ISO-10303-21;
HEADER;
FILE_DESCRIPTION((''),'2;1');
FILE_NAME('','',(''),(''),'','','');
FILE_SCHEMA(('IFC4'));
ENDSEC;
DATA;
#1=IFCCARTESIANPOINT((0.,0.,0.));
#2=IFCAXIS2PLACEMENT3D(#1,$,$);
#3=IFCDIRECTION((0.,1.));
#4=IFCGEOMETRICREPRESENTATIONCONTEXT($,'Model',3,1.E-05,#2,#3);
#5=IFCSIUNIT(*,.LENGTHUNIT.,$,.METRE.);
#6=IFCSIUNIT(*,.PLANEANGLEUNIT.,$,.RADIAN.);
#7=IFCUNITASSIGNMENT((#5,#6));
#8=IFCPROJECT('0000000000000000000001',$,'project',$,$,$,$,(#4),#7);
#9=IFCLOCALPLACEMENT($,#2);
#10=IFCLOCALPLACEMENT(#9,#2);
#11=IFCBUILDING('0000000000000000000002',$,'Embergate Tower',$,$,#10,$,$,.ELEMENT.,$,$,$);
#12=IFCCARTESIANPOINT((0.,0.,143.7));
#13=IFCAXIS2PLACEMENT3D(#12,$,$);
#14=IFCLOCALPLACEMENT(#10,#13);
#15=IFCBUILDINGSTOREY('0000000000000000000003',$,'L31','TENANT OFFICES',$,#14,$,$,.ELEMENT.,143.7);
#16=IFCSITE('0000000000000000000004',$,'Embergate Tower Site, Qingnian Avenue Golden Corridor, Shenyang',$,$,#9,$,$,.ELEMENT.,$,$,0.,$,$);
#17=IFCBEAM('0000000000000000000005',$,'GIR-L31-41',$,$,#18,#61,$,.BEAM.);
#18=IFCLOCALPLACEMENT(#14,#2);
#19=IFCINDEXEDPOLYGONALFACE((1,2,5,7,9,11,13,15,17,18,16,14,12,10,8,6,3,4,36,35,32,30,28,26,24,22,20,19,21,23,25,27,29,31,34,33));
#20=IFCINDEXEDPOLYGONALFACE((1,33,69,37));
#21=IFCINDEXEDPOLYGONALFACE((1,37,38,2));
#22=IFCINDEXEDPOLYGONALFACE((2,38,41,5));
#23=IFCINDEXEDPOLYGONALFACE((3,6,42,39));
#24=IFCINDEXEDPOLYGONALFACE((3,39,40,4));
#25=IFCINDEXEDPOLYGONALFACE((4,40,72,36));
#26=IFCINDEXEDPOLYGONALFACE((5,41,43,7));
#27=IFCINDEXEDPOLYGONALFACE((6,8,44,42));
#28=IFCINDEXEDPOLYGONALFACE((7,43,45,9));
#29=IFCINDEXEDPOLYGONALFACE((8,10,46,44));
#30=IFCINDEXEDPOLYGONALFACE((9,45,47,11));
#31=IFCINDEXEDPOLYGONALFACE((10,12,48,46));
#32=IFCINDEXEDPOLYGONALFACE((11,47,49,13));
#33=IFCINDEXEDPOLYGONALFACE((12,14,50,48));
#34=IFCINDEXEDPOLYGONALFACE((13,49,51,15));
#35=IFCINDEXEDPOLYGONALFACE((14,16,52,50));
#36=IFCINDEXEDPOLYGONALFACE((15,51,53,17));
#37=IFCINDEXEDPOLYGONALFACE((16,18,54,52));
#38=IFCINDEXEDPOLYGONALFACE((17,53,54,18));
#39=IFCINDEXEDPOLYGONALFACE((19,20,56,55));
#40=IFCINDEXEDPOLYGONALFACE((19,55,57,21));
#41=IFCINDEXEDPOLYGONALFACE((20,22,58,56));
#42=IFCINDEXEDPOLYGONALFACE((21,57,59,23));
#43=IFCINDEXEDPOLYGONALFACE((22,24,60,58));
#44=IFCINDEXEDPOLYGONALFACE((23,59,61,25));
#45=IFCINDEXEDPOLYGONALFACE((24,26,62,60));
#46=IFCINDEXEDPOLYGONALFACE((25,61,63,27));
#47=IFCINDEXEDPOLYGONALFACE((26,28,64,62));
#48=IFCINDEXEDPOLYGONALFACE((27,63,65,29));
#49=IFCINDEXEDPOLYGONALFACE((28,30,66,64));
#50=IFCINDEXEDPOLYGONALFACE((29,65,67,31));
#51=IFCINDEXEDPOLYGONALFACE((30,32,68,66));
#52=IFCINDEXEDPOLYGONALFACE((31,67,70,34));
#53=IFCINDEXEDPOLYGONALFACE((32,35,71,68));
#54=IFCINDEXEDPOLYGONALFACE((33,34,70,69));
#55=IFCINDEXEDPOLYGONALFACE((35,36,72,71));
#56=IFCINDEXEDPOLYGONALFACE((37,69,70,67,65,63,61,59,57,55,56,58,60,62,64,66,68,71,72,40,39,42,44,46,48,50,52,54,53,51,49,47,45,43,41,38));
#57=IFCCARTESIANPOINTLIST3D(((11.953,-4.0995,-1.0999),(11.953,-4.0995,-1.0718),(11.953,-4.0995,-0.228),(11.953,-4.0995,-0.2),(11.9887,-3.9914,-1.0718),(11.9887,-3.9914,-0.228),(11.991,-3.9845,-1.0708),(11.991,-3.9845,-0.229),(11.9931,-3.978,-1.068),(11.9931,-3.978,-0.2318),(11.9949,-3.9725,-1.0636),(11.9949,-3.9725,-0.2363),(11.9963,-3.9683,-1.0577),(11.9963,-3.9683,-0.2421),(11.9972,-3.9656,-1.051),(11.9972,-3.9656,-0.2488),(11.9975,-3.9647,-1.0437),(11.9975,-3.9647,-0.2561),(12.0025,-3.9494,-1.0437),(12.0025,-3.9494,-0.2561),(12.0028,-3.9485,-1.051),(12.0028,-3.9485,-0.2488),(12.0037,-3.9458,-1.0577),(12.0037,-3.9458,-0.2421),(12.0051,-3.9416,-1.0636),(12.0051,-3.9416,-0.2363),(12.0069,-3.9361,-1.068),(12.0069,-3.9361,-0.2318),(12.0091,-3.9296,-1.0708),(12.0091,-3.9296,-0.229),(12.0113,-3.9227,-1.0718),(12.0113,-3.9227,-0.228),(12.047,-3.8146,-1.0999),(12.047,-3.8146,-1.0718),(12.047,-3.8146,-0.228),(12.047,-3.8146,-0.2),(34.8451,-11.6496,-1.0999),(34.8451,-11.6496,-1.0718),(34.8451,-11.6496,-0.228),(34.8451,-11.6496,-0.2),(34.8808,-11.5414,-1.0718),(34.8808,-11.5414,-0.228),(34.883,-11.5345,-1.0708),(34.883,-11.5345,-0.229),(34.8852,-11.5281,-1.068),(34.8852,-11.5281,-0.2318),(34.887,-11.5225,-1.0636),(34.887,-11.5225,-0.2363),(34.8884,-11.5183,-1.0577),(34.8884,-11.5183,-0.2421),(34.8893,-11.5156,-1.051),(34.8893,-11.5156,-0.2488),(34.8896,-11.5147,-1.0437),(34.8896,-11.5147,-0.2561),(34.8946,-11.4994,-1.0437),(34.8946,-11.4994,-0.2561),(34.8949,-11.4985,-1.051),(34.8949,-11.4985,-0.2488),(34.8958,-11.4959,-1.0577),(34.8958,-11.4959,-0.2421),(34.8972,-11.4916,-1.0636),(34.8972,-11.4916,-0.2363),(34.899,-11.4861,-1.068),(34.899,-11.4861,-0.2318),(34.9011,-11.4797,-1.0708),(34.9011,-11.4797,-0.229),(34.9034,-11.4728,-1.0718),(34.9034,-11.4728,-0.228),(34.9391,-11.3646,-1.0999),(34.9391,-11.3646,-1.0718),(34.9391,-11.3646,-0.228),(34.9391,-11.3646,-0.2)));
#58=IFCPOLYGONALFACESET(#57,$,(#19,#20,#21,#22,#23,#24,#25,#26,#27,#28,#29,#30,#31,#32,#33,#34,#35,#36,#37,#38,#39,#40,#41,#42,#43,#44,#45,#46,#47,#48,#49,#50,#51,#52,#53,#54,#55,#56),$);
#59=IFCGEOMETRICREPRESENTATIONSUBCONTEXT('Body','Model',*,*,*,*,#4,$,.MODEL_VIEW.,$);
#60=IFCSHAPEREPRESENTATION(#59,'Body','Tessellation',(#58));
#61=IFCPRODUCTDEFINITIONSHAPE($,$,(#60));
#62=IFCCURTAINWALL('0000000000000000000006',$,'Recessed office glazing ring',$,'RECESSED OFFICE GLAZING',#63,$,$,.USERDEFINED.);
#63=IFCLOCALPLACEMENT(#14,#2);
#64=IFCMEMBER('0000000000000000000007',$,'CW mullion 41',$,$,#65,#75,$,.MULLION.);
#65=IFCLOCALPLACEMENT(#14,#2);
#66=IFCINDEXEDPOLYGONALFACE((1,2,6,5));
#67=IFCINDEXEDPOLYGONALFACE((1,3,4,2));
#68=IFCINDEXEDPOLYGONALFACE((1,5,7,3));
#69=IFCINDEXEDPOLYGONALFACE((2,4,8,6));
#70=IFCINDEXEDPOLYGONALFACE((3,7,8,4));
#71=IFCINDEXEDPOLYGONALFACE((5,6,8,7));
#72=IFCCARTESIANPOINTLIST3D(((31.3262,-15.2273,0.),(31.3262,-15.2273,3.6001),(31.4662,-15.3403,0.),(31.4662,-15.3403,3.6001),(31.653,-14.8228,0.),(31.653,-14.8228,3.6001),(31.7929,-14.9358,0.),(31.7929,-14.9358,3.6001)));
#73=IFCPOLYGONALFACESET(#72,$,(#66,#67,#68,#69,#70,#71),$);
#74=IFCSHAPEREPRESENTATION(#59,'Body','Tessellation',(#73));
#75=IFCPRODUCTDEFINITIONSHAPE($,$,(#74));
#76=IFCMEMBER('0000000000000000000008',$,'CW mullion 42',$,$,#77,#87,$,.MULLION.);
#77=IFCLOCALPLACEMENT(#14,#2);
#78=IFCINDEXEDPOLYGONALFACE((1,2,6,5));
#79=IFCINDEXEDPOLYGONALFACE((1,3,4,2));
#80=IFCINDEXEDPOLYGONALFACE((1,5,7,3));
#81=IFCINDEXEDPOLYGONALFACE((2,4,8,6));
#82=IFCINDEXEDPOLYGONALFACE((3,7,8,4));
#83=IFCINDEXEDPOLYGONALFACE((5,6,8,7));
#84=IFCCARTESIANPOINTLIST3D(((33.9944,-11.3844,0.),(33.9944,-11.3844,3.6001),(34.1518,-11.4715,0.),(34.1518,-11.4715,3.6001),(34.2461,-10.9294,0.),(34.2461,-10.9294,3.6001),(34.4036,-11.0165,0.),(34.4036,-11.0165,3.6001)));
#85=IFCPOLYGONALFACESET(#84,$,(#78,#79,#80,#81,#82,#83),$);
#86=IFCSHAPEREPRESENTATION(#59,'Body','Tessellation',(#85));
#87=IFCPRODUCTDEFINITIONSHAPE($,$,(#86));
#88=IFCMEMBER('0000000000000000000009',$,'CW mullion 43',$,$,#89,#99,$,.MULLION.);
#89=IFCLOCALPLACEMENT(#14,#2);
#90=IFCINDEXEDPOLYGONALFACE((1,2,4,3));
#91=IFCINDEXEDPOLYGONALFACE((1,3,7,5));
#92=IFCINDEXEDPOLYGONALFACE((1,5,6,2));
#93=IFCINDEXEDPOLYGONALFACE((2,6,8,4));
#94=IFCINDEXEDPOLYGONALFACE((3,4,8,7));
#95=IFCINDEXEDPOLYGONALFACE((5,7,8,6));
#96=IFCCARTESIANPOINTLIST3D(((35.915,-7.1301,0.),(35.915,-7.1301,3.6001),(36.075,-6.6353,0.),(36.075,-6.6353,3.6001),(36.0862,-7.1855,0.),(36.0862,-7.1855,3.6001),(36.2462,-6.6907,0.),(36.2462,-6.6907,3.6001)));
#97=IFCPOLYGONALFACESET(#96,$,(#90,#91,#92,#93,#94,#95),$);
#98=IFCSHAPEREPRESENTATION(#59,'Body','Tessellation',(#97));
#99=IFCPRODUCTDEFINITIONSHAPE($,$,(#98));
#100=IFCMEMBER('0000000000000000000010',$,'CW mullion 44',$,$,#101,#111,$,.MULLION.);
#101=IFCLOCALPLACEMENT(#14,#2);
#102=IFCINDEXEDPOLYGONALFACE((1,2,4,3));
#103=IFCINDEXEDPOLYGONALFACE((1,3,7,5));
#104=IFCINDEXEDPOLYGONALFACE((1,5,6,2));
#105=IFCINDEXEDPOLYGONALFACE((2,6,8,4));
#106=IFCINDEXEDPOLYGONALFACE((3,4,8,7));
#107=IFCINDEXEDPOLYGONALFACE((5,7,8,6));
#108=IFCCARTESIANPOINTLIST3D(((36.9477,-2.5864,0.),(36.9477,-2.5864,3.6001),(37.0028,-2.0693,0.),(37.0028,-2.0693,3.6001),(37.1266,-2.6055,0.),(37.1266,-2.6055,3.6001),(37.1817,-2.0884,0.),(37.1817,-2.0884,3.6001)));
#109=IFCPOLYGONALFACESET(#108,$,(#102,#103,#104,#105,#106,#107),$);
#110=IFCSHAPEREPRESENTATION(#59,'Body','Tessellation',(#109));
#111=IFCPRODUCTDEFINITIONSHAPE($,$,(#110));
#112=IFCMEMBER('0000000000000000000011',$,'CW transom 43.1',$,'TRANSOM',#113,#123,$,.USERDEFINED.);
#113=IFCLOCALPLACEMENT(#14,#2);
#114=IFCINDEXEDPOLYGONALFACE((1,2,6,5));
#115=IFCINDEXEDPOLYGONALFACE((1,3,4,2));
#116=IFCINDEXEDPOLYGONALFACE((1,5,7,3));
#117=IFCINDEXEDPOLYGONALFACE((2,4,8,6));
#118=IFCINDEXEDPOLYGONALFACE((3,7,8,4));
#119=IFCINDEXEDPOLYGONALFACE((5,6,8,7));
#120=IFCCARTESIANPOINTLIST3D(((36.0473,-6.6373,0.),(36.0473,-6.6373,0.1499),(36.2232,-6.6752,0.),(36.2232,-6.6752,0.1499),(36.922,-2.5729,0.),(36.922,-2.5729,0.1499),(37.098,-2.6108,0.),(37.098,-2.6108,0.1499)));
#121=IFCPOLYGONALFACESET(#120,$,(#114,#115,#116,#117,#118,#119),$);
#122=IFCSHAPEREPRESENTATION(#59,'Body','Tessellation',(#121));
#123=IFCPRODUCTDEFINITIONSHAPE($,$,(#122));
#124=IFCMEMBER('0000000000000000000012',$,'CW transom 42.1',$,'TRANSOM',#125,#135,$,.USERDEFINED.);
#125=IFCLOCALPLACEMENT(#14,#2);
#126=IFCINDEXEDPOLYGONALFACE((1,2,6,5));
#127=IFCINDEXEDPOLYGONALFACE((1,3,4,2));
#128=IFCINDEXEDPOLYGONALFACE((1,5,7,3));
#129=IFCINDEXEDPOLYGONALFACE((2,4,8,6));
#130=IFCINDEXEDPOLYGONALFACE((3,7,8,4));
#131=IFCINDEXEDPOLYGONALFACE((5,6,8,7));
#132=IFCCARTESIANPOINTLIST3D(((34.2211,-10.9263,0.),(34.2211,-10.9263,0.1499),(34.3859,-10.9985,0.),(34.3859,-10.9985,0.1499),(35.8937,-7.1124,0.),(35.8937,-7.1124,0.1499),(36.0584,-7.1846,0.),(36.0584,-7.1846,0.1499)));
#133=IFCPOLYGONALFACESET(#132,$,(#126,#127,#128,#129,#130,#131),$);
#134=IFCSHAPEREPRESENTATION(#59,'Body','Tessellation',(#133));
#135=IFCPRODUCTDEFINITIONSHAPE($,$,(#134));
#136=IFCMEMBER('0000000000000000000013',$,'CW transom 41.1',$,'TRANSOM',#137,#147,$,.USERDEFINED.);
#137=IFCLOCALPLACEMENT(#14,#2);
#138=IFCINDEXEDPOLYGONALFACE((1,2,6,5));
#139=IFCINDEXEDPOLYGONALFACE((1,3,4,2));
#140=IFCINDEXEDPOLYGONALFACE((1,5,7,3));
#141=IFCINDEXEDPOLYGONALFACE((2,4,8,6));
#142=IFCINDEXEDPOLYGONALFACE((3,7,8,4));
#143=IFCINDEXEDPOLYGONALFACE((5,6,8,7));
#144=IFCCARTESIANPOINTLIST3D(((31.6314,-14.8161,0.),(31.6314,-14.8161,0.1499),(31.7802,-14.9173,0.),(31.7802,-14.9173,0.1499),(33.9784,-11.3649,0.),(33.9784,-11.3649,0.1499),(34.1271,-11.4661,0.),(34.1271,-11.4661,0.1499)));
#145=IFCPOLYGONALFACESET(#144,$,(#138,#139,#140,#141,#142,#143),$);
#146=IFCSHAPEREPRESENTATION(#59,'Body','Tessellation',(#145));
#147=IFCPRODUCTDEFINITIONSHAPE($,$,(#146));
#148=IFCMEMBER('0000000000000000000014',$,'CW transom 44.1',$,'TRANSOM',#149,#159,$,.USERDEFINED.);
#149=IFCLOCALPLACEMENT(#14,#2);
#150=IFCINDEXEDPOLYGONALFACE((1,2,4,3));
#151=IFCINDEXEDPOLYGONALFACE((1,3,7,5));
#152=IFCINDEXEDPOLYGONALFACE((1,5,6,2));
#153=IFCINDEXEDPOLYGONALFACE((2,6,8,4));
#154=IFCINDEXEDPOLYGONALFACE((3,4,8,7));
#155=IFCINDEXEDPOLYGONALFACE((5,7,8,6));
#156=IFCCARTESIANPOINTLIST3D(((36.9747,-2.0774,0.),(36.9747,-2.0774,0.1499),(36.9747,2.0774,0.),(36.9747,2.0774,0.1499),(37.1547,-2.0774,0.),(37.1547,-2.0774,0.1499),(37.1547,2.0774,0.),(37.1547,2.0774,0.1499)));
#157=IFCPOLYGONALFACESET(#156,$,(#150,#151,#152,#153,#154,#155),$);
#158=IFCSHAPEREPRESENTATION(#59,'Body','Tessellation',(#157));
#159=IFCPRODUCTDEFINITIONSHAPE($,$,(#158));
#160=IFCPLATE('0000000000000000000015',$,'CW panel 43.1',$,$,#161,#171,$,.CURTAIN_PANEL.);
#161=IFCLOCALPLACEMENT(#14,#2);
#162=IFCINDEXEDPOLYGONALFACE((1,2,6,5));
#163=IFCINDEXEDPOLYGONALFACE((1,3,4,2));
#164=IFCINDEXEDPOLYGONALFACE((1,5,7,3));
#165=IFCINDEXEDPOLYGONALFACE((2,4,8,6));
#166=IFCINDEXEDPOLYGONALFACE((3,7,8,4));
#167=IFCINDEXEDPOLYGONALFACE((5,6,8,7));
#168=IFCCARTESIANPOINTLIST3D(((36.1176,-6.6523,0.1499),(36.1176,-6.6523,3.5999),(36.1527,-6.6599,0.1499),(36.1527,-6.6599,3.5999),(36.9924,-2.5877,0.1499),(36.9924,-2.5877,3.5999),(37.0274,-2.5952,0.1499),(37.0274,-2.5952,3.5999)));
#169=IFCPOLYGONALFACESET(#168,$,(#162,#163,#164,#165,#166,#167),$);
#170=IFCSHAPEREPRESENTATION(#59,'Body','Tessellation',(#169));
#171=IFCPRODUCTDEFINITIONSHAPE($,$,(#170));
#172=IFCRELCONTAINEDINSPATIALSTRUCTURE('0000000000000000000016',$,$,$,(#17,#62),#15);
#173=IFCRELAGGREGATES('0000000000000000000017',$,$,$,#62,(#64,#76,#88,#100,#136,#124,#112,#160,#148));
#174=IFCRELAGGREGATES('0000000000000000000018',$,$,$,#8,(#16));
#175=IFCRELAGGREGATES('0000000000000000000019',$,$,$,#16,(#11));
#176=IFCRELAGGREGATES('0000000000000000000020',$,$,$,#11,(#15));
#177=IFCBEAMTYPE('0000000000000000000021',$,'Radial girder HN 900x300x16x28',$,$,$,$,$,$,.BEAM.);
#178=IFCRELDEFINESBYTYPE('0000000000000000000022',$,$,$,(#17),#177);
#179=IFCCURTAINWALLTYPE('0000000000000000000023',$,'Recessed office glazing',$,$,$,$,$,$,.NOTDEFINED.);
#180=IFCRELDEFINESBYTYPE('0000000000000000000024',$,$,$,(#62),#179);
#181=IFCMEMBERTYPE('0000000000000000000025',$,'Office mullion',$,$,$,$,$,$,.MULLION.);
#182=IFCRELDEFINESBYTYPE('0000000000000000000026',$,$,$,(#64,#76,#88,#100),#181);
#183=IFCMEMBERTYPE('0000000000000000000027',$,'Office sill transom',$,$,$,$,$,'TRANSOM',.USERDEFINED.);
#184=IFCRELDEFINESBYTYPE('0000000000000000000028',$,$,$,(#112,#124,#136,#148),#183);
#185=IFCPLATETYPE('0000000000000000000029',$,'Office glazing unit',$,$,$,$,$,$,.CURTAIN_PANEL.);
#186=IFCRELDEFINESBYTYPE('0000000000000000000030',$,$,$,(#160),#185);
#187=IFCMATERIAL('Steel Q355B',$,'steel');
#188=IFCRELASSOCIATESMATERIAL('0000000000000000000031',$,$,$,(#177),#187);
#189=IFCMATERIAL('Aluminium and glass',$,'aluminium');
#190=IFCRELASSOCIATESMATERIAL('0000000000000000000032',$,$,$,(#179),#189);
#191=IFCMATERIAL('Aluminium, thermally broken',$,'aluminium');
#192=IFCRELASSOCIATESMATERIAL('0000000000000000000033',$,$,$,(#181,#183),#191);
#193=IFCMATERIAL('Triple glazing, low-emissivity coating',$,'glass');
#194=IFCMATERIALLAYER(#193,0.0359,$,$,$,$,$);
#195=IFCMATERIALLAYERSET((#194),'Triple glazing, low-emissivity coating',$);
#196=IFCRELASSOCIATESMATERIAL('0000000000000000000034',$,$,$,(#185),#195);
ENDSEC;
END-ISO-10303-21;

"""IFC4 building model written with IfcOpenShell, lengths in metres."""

from ifc_helpers import new_model, si_unit, direction, frame, origin, origin_2d, place, context, subcontext, project, spatial, rectangle, i_section, extrude, source, transform, mapped, material, layer, layer_set, material_profile, profile_set, type_object, element, aggregate, save


model = new_model("IFC4")

# Units and contexts
model_context = context("Model", 3, precision=1e-05, world=origin(), true_north=direction((0.0, 1.0)))
body_context = subcontext(model_context, "Body", "Model", "MODEL_VIEW")
ifc_project = project(units=[si_unit("LENGTHUNIT", "METRE"), si_unit("PLANEANGLEUNIT", "RADIAN")], contexts=[model_context])

# Site, building, storey
site_placement = place(None, origin())
site = spatial("IfcSite", under=ifc_project, at=site_placement, Name="Embergate Tower Site, Qingnian Avenue Golden Corridor, Shenyang", CompositionType="ELEMENT", RefElevation=0.0)
building_placement = place(site_placement, origin())
building = spatial("IfcBuilding", under=site, at=building_placement, Name="Embergate Tower", CompositionType="ELEMENT")
storey_placement = place(building_placement, frame((0.0, 0.0, 143.7)))
storey = spatial("IfcBuildingStorey", under=building, at=storey_placement, Name="L31", Description="TENANT OFFICES", CompositionType="ELEMENT", Elevation=143.7)

# Beam
ifc_material_1 = material(Name="Steel Q355B", Category="steel")
ifc_material_profile_1 = material_profile(ifc_material_1, i_section(OverallWidth=0.3, OverallDepth=0.8999, WebThickness=0.0161, FlangeThickness=0.0281, FilletRadius=0.0281, at=origin_2d()), Name="HN 900x300x16x28")
ifc_profile_set_1 = profile_set([ifc_material_profile_1], Name="Steel Q355 grade B")
beam_type_1 = type_object("IfcBeamType", Name="Radial girder HN 900x300x16x28", PredefinedType="BEAM", material=ifc_profile_set_1)
shared_shape_1 = source(origin(), body_context, "Body", "SweptSolid", [
    extrude(i_section(OverallWidth=0.3, OverallDepth=0.8999, WebThickness=0.0161, FlangeThickness=0.0281, FilletRadius=0.0281, at=origin_2d()), origin(), (0.0, 0.0, 1.0), 24.105),
])
beam_1_placement = place(storey_placement, frame((34.8921, -11.5071, -0.6499), z_axis=(-0.949682, 0.313215, 0.0), x_axis=(-0.313215, -0.949682, 0.0)))
element("IfcBeam", 1, at=beam_1_placement, inside=storey, type_object=beam_type_1, Name="GIR-L31-41", PredefinedType="BEAM", context=body_context, shape_type="MappedRepresentation", body=[
    mapped(shared_shape_1, transform((0.0, 0.0, 0.0))),
])

# Curtain wall, members, plate
ifc_material_2 = material(Name="Aluminium and glass", Category="aluminium")
curtain_wall_type = type_object("IfcCurtainWallType", Name="Recessed office glazing", PredefinedType="NOTDEFINED", material=ifc_material_2)
curtain_wall_placement = place(storey_placement, origin())
curtain_wall = element("IfcCurtainWall", 2, at=curtain_wall_placement, inside=storey, type_object=curtain_wall_type, Name="Recessed office glazing ring", ObjectType="RECESSED OFFICE GLAZING", PredefinedType="USERDEFINED")
ifc_material_3 = material(Name="Aluminium, thermally broken", Category="aluminium")
ifc_material_profile_2 = material_profile(ifc_material_3, rectangle(XDim=0.1799, YDim=0.52, at=origin_2d()), Name="AL 520x180")
ifc_profile_set_2 = profile_set([ifc_material_profile_2], Name="Aluminium, thermally broken")
member_type_1 = type_object("IfcMemberType", Name="Office mullion", PredefinedType="MULLION", material=ifc_profile_set_2)
shared_shape_2 = source(origin(), body_context, "Body", "SweptSolid", [
    extrude(rectangle(XDim=0.1799, YDim=0.52, at=origin_2d()), origin(), (0.0, 0.0, 1.0), 3.6001),
])
member_1_placement = place(storey_placement, frame((31.5596, -15.0815, 0.0), z_axis=(0.0, 0.0, 1.0), x_axis=(-0.777867, 0.628429, 0.0)))
member_1 = element("IfcMember", 3, at=member_1_placement, type_object=member_type_1, Name="CW mullion 41", PredefinedType="MULLION", context=body_context, shape_type="MappedRepresentation", body=[
    mapped(shared_shape_2, transform((0.0, 0.0, 0.0))),
])
member_2_placement = place(storey_placement, frame((34.199, -11.2004, 0.0), z_axis=(0.0, 0.0, 1.0), x_axis=(-0.874999, 0.484126, 0.0)))
member_2 = element("IfcMember", 4, at=member_2_placement, type_object=member_type_1, Name="CW mullion 42", PredefinedType="MULLION", context=body_context, shape_type="MappedRepresentation", body=[
    mapped(shared_shape_2, transform((0.0, 0.0, 0.0))),
])
member_3_placement = place(storey_placement, frame((36.0806, -6.9104, 0.0), z_axis=(0.0, 0.0, 1.0), x_axis=(-0.951496, 0.307661, 0.0)))
member_3 = element("IfcMember", 5, at=member_3_placement, type_object=member_type_1, Name="CW mullion 43", PredefinedType="MULLION", context=body_context, shape_type="MappedRepresentation", body=[
    mapped(shared_shape_2, transform((0.0, 0.0, 0.0))),
])
member_4_placement = place(storey_placement, frame((37.0647, -2.3374, 0.0), z_axis=(0.0, 0.0, 1.0), x_axis=(-0.994385, 0.105825, 0.0)))
member_4 = element("IfcMember", 6, at=member_4_placement, type_object=member_type_1, Name="CW mullion 44", PredefinedType="MULLION", context=body_context, shape_type="MappedRepresentation", body=[
    mapped(shared_shape_2, transform((0.0, 0.0, 0.0))),
])
ifc_material_profile_3 = material_profile(ifc_material_3, rectangle(XDim=0.1799, YDim=0.1499, at=origin_2d()), Name="AL 150x180")
ifc_profile_set_3 = profile_set([ifc_material_profile_3], Name="Aluminium, thermally broken")
member_type_2 = type_object("IfcMemberType", Name="Office sill transom", ElementType="TRANSOM", PredefinedType="USERDEFINED", material=ifc_profile_set_3)
shared_shape_3 = source(origin(), body_context, "Body", "SweptSolid", [
    extrude(rectangle(XDim=0.1799, YDim=0.1499, at=origin_2d()), origin(), (0.0, 0.0, 1.0), 4.1575),
])
member_5_placement = place(storey_placement, frame((36.1353, -6.6562, 0.075), z_axis=(0.210403, 0.977615, 0.0), x_axis=(-0.977615, 0.210403, 0.0)))
member_5 = element("IfcMember", 7, at=member_5_placement, type_object=member_type_2, Name="CW transom 43.1", ObjectType="TRANSOM", PredefinedType="USERDEFINED", context=body_context, shape_type="MappedRepresentation", body=[
    mapped(shared_shape_3, transform((0.0, 0.0, 0.0))),
])
shared_shape_4 = source(origin(), body_context, "Body", "SweptSolid", [
    extrude(rectangle(XDim=0.1799, YDim=0.1499, at=origin_2d()), origin(), (0.0, 0.0, 1.0), 4.1646),
])
member_6_placement = place(storey_placement, frame((34.3035, -10.9624, 0.075), z_axis=(0.401624, 0.915804, 0.0), x_axis=(-0.915804, 0.401624, 0.0)))
member_6 = element("IfcMember", 8, at=member_6_placement, type_object=member_type_2, Name="CW transom 42.1", ObjectType="TRANSOM", PredefinedType="USERDEFINED", context=body_context, shape_type="MappedRepresentation", body=[
    mapped(shared_shape_4, transform((0.0, 0.0, 0.0))),
])
shared_shape_5 = source(origin(), body_context, "Body", "SweptSolid", [
    extrude(rectangle(XDim=0.1799, YDim=0.1499, at=origin_2d()), origin(), (0.0, 0.0, 1.0), 4.1736),
])
member_7_placement = place(storey_placement, frame((31.7058, -14.8667, 0.075), z_axis=(0.562331, 0.826912, 0.0), x_axis=(-0.826912, 0.562331, 0.0)))
member_7 = element("IfcMember", 9, at=member_7_placement, type_object=member_type_2, Name="CW transom 41.1", ObjectType="TRANSOM", PredefinedType="USERDEFINED", context=body_context, shape_type="MappedRepresentation", body=[
    mapped(shared_shape_5, transform((0.0, 0.0, 0.0))),
])
shared_shape_6 = source(origin(), body_context, "Body", "SweptSolid", [
    extrude(rectangle(XDim=0.1799, YDim=0.1499, at=origin_2d()), origin(), (0.0, 0.0, 1.0), 4.1548),
])
member_8_placement = place(storey_placement, frame((37.0647, -2.0774, 0.075), z_axis=(0.0, 1.0, 0.0), x_axis=(-1.0, 0.0, 0.0)))
member_8 = element("IfcMember", 10, at=member_8_placement, type_object=member_type_2, Name="CW transom 44.1", ObjectType="TRANSOM", PredefinedType="USERDEFINED", context=body_context, shape_type="MappedRepresentation", body=[
    mapped(shared_shape_6, transform((0.0, 0.0, 0.0))),
])
ifc_material_4 = material(Name="Triple glazing, low-emissivity coating", Category="glass")
ifc_layer_1 = layer(ifc_material_4, 0.0359)
ifc_layer_set_1 = layer_set([ifc_layer_1], Name="Triple glazing, low-emissivity coating")
plate_type = type_object("IfcPlateType", Name="Office glazing unit", PredefinedType="CURTAIN_PANEL", material=ifc_layer_set_1)
shared_shape_7 = source(origin(), body_context, "Body", "SweptSolid", [
    extrude(rectangle(XDim=4.1577, YDim=0.0359, at=origin_2d()), origin(), (0.0, 0.0, 1.0), 3.45),
])
plate_1_placement = place(storey_placement, frame((36.5725, -4.6238, 0.1499), z_axis=(0.0, 0.0, 1.0), x_axis=(0.210402, 0.977615, 0.0)))
plate_1 = element("IfcPlate", 11, at=plate_1_placement, type_object=plate_type, Name="CW panel 43.1", PredefinedType="CURTAIN_PANEL", context=body_context, shape_type="MappedRepresentation", body=[
    mapped(shared_shape_7, transform((0.0, 0.0, 0.0))),
])
aggregate(curtain_wall, [member_1, member_2, member_3, member_4, member_7, member_6, member_5, plate_1, member_8])

save(model, "model.ifc")
